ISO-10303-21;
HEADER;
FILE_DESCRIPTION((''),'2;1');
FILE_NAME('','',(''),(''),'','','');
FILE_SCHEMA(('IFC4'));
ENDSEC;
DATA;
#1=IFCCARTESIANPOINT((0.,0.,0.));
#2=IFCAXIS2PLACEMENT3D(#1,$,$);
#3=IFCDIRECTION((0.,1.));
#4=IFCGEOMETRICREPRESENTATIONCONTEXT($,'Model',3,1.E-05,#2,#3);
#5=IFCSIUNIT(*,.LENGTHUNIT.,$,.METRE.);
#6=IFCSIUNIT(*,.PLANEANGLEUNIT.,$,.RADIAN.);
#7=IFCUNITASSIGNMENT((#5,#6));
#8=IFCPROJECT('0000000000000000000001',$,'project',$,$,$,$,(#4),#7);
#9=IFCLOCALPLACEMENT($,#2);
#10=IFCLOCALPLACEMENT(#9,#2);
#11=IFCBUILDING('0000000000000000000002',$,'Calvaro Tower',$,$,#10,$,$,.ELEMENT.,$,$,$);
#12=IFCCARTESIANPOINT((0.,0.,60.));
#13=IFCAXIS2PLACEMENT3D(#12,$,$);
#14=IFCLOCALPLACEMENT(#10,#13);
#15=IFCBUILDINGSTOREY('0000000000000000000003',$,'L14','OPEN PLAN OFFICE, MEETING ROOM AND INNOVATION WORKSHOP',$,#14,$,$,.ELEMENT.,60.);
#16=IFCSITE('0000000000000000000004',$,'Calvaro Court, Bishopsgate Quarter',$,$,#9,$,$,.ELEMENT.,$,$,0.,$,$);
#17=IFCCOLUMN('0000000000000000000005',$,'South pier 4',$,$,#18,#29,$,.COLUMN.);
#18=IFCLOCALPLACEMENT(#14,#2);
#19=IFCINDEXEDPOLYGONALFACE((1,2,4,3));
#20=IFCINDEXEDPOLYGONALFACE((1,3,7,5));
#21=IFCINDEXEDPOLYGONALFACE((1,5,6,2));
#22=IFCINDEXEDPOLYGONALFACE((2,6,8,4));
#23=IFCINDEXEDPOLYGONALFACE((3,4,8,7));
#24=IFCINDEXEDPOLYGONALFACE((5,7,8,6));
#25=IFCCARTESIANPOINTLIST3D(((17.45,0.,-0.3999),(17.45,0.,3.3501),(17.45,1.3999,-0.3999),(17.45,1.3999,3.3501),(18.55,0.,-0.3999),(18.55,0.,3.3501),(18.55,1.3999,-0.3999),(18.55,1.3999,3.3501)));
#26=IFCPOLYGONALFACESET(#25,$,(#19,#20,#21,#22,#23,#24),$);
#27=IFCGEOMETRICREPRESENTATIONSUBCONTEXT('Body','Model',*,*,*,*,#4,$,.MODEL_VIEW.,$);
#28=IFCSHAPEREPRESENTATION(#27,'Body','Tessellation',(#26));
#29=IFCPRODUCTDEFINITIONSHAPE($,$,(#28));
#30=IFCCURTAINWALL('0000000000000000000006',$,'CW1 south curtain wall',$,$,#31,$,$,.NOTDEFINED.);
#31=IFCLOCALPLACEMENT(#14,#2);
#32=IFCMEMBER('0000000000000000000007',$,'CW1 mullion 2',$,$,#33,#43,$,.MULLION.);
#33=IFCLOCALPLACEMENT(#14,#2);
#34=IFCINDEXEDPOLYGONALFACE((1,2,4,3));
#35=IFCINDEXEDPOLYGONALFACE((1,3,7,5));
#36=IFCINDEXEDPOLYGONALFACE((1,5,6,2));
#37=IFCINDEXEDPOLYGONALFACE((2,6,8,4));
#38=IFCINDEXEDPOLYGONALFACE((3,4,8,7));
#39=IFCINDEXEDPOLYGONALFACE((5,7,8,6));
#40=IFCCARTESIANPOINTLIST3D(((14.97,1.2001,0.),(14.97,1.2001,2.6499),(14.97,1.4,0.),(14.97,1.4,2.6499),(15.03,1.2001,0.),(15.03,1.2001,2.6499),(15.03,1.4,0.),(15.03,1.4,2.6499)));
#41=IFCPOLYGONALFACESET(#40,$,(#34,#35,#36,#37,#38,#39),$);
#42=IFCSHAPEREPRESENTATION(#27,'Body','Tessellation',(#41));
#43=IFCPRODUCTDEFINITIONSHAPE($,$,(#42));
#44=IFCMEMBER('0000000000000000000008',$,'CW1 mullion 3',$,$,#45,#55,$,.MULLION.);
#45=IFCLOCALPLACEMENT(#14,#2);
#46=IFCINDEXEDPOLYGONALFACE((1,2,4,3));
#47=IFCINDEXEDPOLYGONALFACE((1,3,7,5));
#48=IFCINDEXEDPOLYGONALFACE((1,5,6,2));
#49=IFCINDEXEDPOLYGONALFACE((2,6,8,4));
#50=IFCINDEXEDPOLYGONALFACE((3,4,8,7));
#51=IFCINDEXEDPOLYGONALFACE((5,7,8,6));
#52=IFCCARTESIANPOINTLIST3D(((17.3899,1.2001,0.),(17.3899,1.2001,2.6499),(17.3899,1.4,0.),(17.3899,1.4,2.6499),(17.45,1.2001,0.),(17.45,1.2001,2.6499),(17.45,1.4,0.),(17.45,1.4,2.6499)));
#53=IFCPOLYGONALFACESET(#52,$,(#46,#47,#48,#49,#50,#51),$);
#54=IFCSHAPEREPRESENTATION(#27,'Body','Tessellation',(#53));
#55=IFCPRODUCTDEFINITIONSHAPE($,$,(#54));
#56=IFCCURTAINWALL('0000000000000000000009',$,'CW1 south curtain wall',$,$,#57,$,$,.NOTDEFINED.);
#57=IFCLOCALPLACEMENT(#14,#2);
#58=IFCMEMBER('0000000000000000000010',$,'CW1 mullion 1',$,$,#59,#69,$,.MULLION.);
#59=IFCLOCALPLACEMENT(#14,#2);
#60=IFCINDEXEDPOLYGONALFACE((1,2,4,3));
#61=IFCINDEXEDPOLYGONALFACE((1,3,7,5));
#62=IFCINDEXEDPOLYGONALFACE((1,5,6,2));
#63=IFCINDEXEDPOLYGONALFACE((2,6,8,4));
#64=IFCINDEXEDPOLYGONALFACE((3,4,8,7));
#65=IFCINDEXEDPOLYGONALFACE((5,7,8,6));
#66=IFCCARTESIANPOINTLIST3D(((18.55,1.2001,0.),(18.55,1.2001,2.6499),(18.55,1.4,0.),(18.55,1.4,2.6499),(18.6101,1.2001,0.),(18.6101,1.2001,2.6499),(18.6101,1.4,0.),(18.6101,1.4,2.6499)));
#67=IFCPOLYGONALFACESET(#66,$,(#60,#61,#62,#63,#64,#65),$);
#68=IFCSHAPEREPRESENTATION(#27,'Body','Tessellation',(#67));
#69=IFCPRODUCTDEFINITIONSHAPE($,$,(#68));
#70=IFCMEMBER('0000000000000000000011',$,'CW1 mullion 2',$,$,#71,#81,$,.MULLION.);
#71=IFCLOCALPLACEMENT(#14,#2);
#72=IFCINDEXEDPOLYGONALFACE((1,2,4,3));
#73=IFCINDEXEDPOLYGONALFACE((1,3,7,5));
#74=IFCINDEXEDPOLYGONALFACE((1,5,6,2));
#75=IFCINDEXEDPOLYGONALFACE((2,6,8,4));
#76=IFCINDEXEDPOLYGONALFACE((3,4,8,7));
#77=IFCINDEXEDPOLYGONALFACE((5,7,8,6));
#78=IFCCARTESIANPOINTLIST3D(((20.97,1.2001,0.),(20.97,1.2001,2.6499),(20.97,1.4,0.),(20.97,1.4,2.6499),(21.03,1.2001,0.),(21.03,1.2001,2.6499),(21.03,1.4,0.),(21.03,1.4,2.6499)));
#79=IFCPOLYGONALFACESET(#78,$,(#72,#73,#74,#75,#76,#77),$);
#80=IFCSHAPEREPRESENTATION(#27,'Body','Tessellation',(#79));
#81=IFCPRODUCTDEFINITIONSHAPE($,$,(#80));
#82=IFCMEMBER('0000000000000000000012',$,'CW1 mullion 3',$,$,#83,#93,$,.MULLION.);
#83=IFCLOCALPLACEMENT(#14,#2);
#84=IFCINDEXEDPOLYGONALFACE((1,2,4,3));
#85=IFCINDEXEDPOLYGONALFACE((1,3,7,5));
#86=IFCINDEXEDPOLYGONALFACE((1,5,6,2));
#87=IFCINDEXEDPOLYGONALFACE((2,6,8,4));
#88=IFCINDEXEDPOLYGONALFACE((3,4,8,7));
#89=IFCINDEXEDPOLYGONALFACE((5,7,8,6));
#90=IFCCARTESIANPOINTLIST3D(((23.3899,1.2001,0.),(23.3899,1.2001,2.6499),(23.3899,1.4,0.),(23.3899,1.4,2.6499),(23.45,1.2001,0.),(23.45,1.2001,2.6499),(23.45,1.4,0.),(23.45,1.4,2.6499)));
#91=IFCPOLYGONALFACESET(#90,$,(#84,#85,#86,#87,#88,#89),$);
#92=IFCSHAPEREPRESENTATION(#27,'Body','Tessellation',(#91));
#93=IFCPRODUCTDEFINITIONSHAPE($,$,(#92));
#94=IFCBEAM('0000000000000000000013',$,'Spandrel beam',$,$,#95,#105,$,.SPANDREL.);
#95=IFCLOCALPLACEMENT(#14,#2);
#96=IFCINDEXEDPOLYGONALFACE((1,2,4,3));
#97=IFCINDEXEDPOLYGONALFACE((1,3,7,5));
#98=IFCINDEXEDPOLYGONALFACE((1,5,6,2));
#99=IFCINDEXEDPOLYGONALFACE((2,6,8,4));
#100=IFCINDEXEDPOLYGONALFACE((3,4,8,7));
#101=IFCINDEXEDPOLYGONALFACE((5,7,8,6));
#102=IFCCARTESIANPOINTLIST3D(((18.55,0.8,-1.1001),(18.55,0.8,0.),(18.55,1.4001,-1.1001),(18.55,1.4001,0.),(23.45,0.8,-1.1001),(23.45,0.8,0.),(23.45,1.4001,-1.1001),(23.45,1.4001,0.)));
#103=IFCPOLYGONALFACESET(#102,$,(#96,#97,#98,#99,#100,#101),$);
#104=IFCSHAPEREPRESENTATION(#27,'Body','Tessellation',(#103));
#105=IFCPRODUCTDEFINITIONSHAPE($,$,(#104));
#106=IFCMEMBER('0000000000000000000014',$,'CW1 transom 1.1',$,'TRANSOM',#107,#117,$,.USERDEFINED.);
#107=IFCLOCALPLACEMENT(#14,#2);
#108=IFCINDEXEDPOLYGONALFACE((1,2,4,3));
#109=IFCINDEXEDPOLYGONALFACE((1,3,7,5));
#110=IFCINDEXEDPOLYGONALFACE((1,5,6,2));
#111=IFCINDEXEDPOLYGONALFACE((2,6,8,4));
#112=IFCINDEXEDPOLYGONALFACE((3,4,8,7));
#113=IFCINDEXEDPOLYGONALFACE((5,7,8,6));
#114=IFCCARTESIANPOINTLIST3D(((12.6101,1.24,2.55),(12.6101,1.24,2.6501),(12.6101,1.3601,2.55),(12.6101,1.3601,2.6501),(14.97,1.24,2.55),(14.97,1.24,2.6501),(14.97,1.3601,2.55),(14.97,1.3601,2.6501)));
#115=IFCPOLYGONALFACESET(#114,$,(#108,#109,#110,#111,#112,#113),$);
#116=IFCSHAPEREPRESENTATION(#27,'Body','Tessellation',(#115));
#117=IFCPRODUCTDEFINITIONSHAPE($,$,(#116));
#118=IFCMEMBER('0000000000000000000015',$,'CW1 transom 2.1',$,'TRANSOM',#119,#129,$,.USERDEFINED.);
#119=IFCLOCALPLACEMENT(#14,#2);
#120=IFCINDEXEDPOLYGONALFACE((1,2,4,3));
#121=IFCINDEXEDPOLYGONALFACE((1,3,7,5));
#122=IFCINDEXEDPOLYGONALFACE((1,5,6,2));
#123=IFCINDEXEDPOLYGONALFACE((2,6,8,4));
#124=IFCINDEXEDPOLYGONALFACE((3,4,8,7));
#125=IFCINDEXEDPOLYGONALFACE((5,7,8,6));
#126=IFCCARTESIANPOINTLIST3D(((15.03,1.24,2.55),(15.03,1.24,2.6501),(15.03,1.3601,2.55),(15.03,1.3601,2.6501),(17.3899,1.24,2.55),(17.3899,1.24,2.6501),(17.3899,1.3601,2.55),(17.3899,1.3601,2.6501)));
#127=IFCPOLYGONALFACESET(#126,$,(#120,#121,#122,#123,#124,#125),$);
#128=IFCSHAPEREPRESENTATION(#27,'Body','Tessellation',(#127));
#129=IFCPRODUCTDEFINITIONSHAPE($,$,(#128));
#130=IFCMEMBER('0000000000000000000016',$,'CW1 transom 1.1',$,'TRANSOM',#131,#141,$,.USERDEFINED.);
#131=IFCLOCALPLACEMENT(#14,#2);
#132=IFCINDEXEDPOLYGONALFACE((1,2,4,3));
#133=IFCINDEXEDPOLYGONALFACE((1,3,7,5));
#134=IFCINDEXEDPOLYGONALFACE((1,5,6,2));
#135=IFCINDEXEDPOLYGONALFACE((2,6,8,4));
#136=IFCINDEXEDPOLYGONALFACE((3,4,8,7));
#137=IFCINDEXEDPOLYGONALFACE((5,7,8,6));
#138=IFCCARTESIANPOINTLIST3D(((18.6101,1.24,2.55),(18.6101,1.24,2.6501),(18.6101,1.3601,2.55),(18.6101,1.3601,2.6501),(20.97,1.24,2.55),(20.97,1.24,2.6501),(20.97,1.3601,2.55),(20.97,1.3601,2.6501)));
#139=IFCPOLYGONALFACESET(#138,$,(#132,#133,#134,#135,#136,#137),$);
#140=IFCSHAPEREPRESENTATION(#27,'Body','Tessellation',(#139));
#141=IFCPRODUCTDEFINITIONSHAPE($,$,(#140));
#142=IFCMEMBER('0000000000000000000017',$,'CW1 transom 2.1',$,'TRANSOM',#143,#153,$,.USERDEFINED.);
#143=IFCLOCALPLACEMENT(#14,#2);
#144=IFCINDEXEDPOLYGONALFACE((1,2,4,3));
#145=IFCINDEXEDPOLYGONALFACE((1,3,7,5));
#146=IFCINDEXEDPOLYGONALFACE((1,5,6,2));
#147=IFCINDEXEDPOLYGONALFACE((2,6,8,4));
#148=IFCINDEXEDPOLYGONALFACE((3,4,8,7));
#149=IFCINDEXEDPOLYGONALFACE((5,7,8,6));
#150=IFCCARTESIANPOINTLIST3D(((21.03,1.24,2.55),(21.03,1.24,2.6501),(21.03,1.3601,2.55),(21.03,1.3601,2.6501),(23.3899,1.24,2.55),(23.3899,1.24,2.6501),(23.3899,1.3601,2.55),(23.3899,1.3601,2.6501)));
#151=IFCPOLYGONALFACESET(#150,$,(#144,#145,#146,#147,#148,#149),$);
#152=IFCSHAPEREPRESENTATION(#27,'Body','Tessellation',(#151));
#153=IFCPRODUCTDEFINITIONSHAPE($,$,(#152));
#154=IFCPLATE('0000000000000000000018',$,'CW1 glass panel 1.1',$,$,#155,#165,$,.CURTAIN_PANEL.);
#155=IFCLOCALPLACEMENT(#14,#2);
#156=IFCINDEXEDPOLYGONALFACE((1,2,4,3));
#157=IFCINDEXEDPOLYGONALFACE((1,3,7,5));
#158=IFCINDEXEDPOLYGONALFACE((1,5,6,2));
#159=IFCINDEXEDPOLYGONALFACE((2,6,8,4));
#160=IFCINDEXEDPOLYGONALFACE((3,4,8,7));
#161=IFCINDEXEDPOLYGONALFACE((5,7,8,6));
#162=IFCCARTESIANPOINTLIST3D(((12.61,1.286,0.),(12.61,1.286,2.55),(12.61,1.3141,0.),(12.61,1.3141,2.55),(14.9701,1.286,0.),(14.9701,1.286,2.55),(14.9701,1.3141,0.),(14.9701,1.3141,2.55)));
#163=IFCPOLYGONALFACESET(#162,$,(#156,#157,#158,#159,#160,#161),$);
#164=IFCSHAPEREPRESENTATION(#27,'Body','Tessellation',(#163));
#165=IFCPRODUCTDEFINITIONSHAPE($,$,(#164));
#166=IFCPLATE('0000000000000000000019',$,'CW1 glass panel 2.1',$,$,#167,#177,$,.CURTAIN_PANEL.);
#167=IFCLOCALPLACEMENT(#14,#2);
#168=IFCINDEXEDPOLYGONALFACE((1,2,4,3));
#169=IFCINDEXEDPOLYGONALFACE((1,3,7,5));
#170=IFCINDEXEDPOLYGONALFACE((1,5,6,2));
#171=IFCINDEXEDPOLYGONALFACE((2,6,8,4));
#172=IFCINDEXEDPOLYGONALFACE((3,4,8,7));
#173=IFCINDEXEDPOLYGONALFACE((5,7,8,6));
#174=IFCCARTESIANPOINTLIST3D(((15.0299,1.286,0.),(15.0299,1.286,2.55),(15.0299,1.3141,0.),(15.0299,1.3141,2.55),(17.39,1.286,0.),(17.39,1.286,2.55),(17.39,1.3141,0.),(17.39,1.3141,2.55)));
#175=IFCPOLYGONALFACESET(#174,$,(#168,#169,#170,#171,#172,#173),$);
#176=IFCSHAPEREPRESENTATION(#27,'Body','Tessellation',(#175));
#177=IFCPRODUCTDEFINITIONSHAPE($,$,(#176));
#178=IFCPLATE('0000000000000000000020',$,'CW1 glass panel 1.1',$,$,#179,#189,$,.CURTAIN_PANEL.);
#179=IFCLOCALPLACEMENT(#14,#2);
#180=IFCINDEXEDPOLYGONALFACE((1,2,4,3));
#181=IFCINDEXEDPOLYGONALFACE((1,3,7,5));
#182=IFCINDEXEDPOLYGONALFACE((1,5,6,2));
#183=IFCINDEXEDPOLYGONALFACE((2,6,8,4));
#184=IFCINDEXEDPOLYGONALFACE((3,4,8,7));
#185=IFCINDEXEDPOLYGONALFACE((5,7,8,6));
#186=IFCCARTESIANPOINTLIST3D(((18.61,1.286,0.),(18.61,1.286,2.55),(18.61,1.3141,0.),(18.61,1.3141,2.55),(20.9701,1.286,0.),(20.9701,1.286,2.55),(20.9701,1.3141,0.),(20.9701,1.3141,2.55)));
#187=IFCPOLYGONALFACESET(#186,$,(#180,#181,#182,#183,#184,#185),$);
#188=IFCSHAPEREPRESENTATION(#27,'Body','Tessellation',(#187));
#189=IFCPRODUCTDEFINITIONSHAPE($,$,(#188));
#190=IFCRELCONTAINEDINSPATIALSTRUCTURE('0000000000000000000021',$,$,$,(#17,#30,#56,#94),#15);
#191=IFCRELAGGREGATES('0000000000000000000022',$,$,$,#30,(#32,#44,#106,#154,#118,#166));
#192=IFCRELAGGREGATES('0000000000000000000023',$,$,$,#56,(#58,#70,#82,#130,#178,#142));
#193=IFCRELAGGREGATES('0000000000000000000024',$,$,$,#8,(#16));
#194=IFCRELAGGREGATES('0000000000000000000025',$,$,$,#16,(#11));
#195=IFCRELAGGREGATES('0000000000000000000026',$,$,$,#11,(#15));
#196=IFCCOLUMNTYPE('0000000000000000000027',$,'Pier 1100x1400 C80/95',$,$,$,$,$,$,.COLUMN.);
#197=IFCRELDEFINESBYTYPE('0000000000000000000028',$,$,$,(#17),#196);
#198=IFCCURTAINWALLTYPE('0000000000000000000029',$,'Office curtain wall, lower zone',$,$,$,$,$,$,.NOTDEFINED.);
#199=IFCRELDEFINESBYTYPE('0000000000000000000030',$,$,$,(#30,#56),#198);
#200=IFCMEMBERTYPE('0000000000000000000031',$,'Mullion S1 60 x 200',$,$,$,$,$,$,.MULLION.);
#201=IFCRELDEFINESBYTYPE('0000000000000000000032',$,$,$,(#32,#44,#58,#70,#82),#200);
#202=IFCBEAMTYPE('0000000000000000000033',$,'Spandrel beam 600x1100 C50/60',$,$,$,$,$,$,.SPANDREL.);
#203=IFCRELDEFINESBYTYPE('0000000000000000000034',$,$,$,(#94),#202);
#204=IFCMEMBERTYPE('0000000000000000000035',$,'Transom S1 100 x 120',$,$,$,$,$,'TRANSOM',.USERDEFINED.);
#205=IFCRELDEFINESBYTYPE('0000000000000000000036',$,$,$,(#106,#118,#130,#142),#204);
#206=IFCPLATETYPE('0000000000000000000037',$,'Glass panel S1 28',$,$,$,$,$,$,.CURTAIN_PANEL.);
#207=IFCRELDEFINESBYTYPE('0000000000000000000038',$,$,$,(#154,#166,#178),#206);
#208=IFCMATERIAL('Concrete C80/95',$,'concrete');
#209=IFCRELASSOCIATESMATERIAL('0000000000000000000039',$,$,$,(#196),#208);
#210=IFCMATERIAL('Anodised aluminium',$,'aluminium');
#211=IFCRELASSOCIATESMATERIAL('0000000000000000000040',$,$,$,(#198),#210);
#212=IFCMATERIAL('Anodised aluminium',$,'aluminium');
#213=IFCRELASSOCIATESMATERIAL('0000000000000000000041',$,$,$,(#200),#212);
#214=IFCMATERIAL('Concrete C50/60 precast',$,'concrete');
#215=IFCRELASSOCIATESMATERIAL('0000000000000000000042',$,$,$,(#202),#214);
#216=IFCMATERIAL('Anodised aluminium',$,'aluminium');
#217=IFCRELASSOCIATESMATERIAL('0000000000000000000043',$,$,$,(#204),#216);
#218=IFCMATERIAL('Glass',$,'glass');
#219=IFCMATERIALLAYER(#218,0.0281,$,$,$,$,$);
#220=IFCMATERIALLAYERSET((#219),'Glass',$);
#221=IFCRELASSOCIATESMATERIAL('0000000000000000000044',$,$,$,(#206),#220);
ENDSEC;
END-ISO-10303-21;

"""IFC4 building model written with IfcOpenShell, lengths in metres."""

from ifc_helpers import new_model, si_unit, direction, frame, origin, origin_2d, place, context, subcontext, project, spatial, rectangle, extrude, material, layer, layer_set, material_profile, profile_set, type_object, element, aggregate, save


model = new_model("IFC4")

# Units and contexts
model_context = context("Model", 3, precision=1e-05, world=origin(), true_north=direction((0.0, 1.0)))
body_context = subcontext(model_context, "Body", "Model", "MODEL_VIEW")
ifc_project = project(units=[si_unit("LENGTHUNIT", "METRE"), si_unit("PLANEANGLEUNIT", "RADIAN")], contexts=[model_context])

# Site, building, storey
site_placement = place(None, origin())
site = spatial("IfcSite", under=ifc_project, at=site_placement, Name="Calvaro Court, Bishopsgate Quarter", CompositionType="ELEMENT", RefElevation=0.0)
building_placement = place(site_placement, origin())
building = spatial("IfcBuilding", under=site, at=building_placement, Name="Calvaro Tower", CompositionType="ELEMENT")
storey_placement = place(building_placement, frame((0.0, 0.0, 60.0)))
storey = spatial("IfcBuildingStorey", under=building, at=storey_placement, Name="L14", Description="OPEN PLAN OFFICE, MEETING ROOM AND INNOVATION WORKSHOP", CompositionType="ELEMENT", Elevation=60.0)

# Column
ifc_material_1 = material(Name="Concrete C80/95", Category="concrete")
ifc_material_profile_1 = material_profile(ifc_material_1, rectangle(XDim=1.1001, YDim=1.3999, at=origin_2d()), Name="RC 1100x1400")
ifc_profile_set_1 = profile_set([ifc_material_profile_1], Name="Concrete C80/95")
column_type = type_object("IfcColumnType", Name="Pier 1100x1400 C80/95", PredefinedType="COLUMN", material=ifc_profile_set_1)
column_placement = place(storey_placement, frame((18.0, 0.7, -0.3999), z_axis=(0.0, 0.0, 1.0), x_axis=(1.0, 0.0, 0.0)))
element("IfcColumn", 1, at=column_placement, inside=storey, type_object=column_type, Name="South pier 4", PredefinedType="COLUMN", context=body_context, shape_type="SweptSolid", body=[
    extrude(rectangle(XDim=1.1001, YDim=1.3999, at=origin_2d()), origin(), (0.0, 0.0, 1.0), 3.75),
])

# Curtain walls, members
ifc_material_2 = material(Name="Anodised aluminium", Category="aluminium")
curtain_wall_type = type_object("IfcCurtainWallType", Name="Office curtain wall, lower zone", PredefinedType="NOTDEFINED", material=ifc_material_2)
curtain_wall_1_placement = place(storey_placement, origin())
curtain_wall_1 = element("IfcCurtainWall", 2, at=curtain_wall_1_placement, inside=storey, type_object=curtain_wall_type, Name="CW1 south curtain wall", PredefinedType="NOTDEFINED")
ifc_material_3 = material(Name="Anodised aluminium", Category="aluminium")
ifc_material_profile_2 = material_profile(ifc_material_3, rectangle(XDim=0.2, YDim=0.0601, at=origin_2d()), Name="Mullion S1 60 x 200")
ifc_profile_set_2 = profile_set([ifc_material_profile_2], Name="Anodised aluminium")
member_type_1 = type_object("IfcMemberType", Name="Mullion S1 60 x 200", PredefinedType="MULLION", material=ifc_profile_set_2)
member_1_placement = place(storey_placement, frame((15.0, 1.3, 0.0), z_axis=(0.0, 0.0, 1.0), x_axis=(0.0, 1.0, 0.0)))
member_1 = element("IfcMember", 3, at=member_1_placement, type_object=member_type_1, Name="CW1 mullion 2", PredefinedType="MULLION", context=body_context, shape_type="SweptSolid", body=[
    extrude(rectangle(XDim=0.2, YDim=0.0601, at=origin_2d()), origin(), (0.0, 0.0, 1.0), 2.6499),
])
member_2_placement = place(storey_placement, frame((17.4199, 1.3, 0.0), z_axis=(0.0, 0.0, 1.0), x_axis=(0.0, 1.0, 0.0)))
member_2 = element("IfcMember", 4, at=member_2_placement, type_object=member_type_1, Name="CW1 mullion 3", PredefinedType="MULLION", context=body_context, shape_type="SweptSolid", body=[
    extrude(rectangle(XDim=0.2, YDim=0.0601, at=origin_2d()), origin(), (0.0, 0.0, 1.0), 2.6499),
])
curtain_wall_2_placement = place(storey_placement, origin())
curtain_wall_2 = element("IfcCurtainWall", 5, at=curtain_wall_2_placement, inside=storey, type_object=curtain_wall_type, Name="CW1 south curtain wall", PredefinedType="NOTDEFINED")
member_3_placement = place(storey_placement, frame((18.5801, 1.3, 0.0), z_axis=(0.0, 0.0, 1.0), x_axis=(0.0, 1.0, 0.0)))
member_3 = element("IfcMember", 6, at=member_3_placement, type_object=member_type_1, Name="CW1 mullion 1", PredefinedType="MULLION", context=body_context, shape_type="SweptSolid", body=[
    extrude(rectangle(XDim=0.2, YDim=0.0601, at=origin_2d()), origin(), (0.0, 0.0, 1.0), 2.6499),
])
member_4_placement = place(storey_placement, frame((21.0, 1.3, 0.0), z_axis=(0.0, 0.0, 1.0), x_axis=(0.0, 1.0, 0.0)))
member_4 = element("IfcMember", 7, at=member_4_placement, type_object=member_type_1, Name="CW1 mullion 2", PredefinedType="MULLION", context=body_context, shape_type="SweptSolid", body=[
    extrude(rectangle(XDim=0.2, YDim=0.0601, at=origin_2d()), origin(), (0.0, 0.0, 1.0), 2.6499),
])
member_5_placement = place(storey_placement, frame((23.4199, 1.3, 0.0), z_axis=(0.0, 0.0, 1.0), x_axis=(0.0, 1.0, 0.0)))
member_5 = element("IfcMember", 8, at=member_5_placement, type_object=member_type_1, Name="CW1 mullion 3", PredefinedType="MULLION", context=body_context, shape_type="SweptSolid", body=[
    extrude(rectangle(XDim=0.2, YDim=0.0601, at=origin_2d()), origin(), (0.0, 0.0, 1.0), 2.6499),
])

# Beam
ifc_material_4 = material(Name="Concrete C50/60 precast", Category="concrete")
ifc_material_profile_3 = material_profile(ifc_material_4, rectangle(XDim=0.6001, YDim=1.1001, at=origin_2d()), Name="RC 600x1100")
ifc_profile_set_3 = profile_set([ifc_material_profile_3], Name="Concrete C50/60 precast")
beam_type = type_object("IfcBeamType", Name="Spandrel beam 600x1100 C50/60", PredefinedType="SPANDREL", material=ifc_profile_set_3)
beam_placement = place(storey_placement, frame((18.55, 1.1001, -0.55), z_axis=(1.0, 0.0, 0.0), x_axis=(0.0, 1.0, 0.0)))
element("IfcBeam", 9, at=beam_placement, inside=storey, type_object=beam_type, Name="Spandrel beam", PredefinedType="SPANDREL", context=body_context, shape_type="SweptSolid", body=[
    extrude(rectangle(XDim=0.6001, YDim=1.1001, at=origin_2d()), origin(), (0.0, 0.0, 1.0), 4.8999),
])

# Members
ifc_material_5 = material(Name="Anodised aluminium", Category="aluminium")
ifc_material_profile_4 = material_profile(ifc_material_5, rectangle(XDim=0.1201, YDim=0.1001, at=origin_2d()), Name="Transom S1 100 x 120")
ifc_profile_set_4 = profile_set([ifc_material_profile_4], Name="Anodised aluminium")
member_type_2 = type_object("IfcMemberType", Name="Transom S1 100 x 120", ElementType="TRANSOM", PredefinedType="USERDEFINED", material=ifc_profile_set_4)
member_6_placement = place(storey_placement, frame((12.6101, 1.3, 2.6001), z_axis=(1.0, 0.0, 0.0), x_axis=(0.0, 1.0, 0.0)))
member_6 = element("IfcMember", 10, at=member_6_placement, type_object=member_type_2, Name="CW1 transom 1.1", ObjectType="TRANSOM", PredefinedType="USERDEFINED", context=body_context, shape_type="SweptSolid", body=[
    extrude(rectangle(XDim=0.1201, YDim=0.1001, at=origin_2d()), origin(), (0.0, 0.0, 1.0), 2.3599),
])
member_7_placement = place(storey_placement, frame((15.03, 1.3, 2.6001), z_axis=(1.0, 0.0, 0.0), x_axis=(0.0, 1.0, 0.0)))
member_7 = element("IfcMember", 11, at=member_7_placement, type_object=member_type_2, Name="CW1 transom 2.1", ObjectType="TRANSOM", PredefinedType="USERDEFINED", context=body_context, shape_type="SweptSolid", body=[
    extrude(rectangle(XDim=0.1201, YDim=0.1001, at=origin_2d()), origin(), (0.0, 0.0, 1.0), 2.3599),
])
member_8_placement = place(storey_placement, frame((18.6101, 1.3, 2.6001), z_axis=(1.0, 0.0, 0.0), x_axis=(0.0, 1.0, 0.0)))
member_8 = element("IfcMember", 12, at=member_8_placement, type_object=member_type_2, Name="CW1 transom 1.1", ObjectType="TRANSOM", PredefinedType="USERDEFINED", context=body_context, shape_type="SweptSolid", body=[
    extrude(rectangle(XDim=0.1201, YDim=0.1001, at=origin_2d()), origin(), (0.0, 0.0, 1.0), 2.3599),
])
member_9_placement = place(storey_placement, frame((21.03, 1.3, 2.6001), z_axis=(1.0, 0.0, 0.0), x_axis=(0.0, 1.0, 0.0)))
member_9 = element("IfcMember", 13, at=member_9_placement, type_object=member_type_2, Name="CW1 transom 2.1", ObjectType="TRANSOM", PredefinedType="USERDEFINED", context=body_context, shape_type="SweptSolid", body=[
    extrude(rectangle(XDim=0.1201, YDim=0.1001, at=origin_2d()), origin(), (0.0, 0.0, 1.0), 2.3599),
])

# Plates
ifc_material_6 = material(Name="Glass", Category="glass")
ifc_layer = layer(ifc_material_6, 0.0281)
ifc_layer_set = layer_set([ifc_layer], Name="Glass")
plate_type = type_object("IfcPlateType", Name="Glass panel S1 28", PredefinedType="CURTAIN_PANEL", material=ifc_layer_set)
plate_1_placement = place(storey_placement, frame((13.79, 1.3, 0.0), z_axis=(0.0, 0.0, 1.0), x_axis=(1.0, 0.0, 0.0)))
plate_1 = element("IfcPlate", 14, at=plate_1_placement, type_object=plate_type, Name="CW1 glass panel 1.1", PredefinedType="CURTAIN_PANEL", context=body_context, shape_type="SweptSolid", body=[
    extrude(rectangle(XDim=2.3601, YDim=0.0281, at=origin_2d()), origin(), (0.0, 0.0, 1.0), 2.55),
])
plate_2_placement = place(storey_placement, frame((16.21, 1.3, 0.0), z_axis=(0.0, 0.0, 1.0), x_axis=(1.0, 0.0, 0.0)))
plate_2 = element("IfcPlate", 15, at=plate_2_placement, type_object=plate_type, Name="CW1 glass panel 2.1", PredefinedType="CURTAIN_PANEL", context=body_context, shape_type="SweptSolid", body=[
    extrude(rectangle(XDim=2.3601, YDim=0.0281, at=origin_2d()), origin(), (0.0, 0.0, 1.0), 2.55),
])
aggregate(curtain_wall_1, [member_1, member_2, member_6, plate_1, member_7, plate_2])
plate_3_placement = place(storey_placement, frame((19.79, 1.3, 0.0), z_axis=(0.0, 0.0, 1.0), x_axis=(1.0, 0.0, 0.0)))
plate_3 = element("IfcPlate", 16, at=plate_3_placement, type_object=plate_type, Name="CW1 glass panel 1.1", PredefinedType="CURTAIN_PANEL", context=body_context, shape_type="SweptSolid", body=[
    extrude(rectangle(XDim=2.3601, YDim=0.0281, at=origin_2d()), origin(), (0.0, 0.0, 1.0), 2.55),
])
aggregate(curtain_wall_2, [member_3, member_4, member_5, member_8, plate_3, member_9])

save(model, "model.ifc")
